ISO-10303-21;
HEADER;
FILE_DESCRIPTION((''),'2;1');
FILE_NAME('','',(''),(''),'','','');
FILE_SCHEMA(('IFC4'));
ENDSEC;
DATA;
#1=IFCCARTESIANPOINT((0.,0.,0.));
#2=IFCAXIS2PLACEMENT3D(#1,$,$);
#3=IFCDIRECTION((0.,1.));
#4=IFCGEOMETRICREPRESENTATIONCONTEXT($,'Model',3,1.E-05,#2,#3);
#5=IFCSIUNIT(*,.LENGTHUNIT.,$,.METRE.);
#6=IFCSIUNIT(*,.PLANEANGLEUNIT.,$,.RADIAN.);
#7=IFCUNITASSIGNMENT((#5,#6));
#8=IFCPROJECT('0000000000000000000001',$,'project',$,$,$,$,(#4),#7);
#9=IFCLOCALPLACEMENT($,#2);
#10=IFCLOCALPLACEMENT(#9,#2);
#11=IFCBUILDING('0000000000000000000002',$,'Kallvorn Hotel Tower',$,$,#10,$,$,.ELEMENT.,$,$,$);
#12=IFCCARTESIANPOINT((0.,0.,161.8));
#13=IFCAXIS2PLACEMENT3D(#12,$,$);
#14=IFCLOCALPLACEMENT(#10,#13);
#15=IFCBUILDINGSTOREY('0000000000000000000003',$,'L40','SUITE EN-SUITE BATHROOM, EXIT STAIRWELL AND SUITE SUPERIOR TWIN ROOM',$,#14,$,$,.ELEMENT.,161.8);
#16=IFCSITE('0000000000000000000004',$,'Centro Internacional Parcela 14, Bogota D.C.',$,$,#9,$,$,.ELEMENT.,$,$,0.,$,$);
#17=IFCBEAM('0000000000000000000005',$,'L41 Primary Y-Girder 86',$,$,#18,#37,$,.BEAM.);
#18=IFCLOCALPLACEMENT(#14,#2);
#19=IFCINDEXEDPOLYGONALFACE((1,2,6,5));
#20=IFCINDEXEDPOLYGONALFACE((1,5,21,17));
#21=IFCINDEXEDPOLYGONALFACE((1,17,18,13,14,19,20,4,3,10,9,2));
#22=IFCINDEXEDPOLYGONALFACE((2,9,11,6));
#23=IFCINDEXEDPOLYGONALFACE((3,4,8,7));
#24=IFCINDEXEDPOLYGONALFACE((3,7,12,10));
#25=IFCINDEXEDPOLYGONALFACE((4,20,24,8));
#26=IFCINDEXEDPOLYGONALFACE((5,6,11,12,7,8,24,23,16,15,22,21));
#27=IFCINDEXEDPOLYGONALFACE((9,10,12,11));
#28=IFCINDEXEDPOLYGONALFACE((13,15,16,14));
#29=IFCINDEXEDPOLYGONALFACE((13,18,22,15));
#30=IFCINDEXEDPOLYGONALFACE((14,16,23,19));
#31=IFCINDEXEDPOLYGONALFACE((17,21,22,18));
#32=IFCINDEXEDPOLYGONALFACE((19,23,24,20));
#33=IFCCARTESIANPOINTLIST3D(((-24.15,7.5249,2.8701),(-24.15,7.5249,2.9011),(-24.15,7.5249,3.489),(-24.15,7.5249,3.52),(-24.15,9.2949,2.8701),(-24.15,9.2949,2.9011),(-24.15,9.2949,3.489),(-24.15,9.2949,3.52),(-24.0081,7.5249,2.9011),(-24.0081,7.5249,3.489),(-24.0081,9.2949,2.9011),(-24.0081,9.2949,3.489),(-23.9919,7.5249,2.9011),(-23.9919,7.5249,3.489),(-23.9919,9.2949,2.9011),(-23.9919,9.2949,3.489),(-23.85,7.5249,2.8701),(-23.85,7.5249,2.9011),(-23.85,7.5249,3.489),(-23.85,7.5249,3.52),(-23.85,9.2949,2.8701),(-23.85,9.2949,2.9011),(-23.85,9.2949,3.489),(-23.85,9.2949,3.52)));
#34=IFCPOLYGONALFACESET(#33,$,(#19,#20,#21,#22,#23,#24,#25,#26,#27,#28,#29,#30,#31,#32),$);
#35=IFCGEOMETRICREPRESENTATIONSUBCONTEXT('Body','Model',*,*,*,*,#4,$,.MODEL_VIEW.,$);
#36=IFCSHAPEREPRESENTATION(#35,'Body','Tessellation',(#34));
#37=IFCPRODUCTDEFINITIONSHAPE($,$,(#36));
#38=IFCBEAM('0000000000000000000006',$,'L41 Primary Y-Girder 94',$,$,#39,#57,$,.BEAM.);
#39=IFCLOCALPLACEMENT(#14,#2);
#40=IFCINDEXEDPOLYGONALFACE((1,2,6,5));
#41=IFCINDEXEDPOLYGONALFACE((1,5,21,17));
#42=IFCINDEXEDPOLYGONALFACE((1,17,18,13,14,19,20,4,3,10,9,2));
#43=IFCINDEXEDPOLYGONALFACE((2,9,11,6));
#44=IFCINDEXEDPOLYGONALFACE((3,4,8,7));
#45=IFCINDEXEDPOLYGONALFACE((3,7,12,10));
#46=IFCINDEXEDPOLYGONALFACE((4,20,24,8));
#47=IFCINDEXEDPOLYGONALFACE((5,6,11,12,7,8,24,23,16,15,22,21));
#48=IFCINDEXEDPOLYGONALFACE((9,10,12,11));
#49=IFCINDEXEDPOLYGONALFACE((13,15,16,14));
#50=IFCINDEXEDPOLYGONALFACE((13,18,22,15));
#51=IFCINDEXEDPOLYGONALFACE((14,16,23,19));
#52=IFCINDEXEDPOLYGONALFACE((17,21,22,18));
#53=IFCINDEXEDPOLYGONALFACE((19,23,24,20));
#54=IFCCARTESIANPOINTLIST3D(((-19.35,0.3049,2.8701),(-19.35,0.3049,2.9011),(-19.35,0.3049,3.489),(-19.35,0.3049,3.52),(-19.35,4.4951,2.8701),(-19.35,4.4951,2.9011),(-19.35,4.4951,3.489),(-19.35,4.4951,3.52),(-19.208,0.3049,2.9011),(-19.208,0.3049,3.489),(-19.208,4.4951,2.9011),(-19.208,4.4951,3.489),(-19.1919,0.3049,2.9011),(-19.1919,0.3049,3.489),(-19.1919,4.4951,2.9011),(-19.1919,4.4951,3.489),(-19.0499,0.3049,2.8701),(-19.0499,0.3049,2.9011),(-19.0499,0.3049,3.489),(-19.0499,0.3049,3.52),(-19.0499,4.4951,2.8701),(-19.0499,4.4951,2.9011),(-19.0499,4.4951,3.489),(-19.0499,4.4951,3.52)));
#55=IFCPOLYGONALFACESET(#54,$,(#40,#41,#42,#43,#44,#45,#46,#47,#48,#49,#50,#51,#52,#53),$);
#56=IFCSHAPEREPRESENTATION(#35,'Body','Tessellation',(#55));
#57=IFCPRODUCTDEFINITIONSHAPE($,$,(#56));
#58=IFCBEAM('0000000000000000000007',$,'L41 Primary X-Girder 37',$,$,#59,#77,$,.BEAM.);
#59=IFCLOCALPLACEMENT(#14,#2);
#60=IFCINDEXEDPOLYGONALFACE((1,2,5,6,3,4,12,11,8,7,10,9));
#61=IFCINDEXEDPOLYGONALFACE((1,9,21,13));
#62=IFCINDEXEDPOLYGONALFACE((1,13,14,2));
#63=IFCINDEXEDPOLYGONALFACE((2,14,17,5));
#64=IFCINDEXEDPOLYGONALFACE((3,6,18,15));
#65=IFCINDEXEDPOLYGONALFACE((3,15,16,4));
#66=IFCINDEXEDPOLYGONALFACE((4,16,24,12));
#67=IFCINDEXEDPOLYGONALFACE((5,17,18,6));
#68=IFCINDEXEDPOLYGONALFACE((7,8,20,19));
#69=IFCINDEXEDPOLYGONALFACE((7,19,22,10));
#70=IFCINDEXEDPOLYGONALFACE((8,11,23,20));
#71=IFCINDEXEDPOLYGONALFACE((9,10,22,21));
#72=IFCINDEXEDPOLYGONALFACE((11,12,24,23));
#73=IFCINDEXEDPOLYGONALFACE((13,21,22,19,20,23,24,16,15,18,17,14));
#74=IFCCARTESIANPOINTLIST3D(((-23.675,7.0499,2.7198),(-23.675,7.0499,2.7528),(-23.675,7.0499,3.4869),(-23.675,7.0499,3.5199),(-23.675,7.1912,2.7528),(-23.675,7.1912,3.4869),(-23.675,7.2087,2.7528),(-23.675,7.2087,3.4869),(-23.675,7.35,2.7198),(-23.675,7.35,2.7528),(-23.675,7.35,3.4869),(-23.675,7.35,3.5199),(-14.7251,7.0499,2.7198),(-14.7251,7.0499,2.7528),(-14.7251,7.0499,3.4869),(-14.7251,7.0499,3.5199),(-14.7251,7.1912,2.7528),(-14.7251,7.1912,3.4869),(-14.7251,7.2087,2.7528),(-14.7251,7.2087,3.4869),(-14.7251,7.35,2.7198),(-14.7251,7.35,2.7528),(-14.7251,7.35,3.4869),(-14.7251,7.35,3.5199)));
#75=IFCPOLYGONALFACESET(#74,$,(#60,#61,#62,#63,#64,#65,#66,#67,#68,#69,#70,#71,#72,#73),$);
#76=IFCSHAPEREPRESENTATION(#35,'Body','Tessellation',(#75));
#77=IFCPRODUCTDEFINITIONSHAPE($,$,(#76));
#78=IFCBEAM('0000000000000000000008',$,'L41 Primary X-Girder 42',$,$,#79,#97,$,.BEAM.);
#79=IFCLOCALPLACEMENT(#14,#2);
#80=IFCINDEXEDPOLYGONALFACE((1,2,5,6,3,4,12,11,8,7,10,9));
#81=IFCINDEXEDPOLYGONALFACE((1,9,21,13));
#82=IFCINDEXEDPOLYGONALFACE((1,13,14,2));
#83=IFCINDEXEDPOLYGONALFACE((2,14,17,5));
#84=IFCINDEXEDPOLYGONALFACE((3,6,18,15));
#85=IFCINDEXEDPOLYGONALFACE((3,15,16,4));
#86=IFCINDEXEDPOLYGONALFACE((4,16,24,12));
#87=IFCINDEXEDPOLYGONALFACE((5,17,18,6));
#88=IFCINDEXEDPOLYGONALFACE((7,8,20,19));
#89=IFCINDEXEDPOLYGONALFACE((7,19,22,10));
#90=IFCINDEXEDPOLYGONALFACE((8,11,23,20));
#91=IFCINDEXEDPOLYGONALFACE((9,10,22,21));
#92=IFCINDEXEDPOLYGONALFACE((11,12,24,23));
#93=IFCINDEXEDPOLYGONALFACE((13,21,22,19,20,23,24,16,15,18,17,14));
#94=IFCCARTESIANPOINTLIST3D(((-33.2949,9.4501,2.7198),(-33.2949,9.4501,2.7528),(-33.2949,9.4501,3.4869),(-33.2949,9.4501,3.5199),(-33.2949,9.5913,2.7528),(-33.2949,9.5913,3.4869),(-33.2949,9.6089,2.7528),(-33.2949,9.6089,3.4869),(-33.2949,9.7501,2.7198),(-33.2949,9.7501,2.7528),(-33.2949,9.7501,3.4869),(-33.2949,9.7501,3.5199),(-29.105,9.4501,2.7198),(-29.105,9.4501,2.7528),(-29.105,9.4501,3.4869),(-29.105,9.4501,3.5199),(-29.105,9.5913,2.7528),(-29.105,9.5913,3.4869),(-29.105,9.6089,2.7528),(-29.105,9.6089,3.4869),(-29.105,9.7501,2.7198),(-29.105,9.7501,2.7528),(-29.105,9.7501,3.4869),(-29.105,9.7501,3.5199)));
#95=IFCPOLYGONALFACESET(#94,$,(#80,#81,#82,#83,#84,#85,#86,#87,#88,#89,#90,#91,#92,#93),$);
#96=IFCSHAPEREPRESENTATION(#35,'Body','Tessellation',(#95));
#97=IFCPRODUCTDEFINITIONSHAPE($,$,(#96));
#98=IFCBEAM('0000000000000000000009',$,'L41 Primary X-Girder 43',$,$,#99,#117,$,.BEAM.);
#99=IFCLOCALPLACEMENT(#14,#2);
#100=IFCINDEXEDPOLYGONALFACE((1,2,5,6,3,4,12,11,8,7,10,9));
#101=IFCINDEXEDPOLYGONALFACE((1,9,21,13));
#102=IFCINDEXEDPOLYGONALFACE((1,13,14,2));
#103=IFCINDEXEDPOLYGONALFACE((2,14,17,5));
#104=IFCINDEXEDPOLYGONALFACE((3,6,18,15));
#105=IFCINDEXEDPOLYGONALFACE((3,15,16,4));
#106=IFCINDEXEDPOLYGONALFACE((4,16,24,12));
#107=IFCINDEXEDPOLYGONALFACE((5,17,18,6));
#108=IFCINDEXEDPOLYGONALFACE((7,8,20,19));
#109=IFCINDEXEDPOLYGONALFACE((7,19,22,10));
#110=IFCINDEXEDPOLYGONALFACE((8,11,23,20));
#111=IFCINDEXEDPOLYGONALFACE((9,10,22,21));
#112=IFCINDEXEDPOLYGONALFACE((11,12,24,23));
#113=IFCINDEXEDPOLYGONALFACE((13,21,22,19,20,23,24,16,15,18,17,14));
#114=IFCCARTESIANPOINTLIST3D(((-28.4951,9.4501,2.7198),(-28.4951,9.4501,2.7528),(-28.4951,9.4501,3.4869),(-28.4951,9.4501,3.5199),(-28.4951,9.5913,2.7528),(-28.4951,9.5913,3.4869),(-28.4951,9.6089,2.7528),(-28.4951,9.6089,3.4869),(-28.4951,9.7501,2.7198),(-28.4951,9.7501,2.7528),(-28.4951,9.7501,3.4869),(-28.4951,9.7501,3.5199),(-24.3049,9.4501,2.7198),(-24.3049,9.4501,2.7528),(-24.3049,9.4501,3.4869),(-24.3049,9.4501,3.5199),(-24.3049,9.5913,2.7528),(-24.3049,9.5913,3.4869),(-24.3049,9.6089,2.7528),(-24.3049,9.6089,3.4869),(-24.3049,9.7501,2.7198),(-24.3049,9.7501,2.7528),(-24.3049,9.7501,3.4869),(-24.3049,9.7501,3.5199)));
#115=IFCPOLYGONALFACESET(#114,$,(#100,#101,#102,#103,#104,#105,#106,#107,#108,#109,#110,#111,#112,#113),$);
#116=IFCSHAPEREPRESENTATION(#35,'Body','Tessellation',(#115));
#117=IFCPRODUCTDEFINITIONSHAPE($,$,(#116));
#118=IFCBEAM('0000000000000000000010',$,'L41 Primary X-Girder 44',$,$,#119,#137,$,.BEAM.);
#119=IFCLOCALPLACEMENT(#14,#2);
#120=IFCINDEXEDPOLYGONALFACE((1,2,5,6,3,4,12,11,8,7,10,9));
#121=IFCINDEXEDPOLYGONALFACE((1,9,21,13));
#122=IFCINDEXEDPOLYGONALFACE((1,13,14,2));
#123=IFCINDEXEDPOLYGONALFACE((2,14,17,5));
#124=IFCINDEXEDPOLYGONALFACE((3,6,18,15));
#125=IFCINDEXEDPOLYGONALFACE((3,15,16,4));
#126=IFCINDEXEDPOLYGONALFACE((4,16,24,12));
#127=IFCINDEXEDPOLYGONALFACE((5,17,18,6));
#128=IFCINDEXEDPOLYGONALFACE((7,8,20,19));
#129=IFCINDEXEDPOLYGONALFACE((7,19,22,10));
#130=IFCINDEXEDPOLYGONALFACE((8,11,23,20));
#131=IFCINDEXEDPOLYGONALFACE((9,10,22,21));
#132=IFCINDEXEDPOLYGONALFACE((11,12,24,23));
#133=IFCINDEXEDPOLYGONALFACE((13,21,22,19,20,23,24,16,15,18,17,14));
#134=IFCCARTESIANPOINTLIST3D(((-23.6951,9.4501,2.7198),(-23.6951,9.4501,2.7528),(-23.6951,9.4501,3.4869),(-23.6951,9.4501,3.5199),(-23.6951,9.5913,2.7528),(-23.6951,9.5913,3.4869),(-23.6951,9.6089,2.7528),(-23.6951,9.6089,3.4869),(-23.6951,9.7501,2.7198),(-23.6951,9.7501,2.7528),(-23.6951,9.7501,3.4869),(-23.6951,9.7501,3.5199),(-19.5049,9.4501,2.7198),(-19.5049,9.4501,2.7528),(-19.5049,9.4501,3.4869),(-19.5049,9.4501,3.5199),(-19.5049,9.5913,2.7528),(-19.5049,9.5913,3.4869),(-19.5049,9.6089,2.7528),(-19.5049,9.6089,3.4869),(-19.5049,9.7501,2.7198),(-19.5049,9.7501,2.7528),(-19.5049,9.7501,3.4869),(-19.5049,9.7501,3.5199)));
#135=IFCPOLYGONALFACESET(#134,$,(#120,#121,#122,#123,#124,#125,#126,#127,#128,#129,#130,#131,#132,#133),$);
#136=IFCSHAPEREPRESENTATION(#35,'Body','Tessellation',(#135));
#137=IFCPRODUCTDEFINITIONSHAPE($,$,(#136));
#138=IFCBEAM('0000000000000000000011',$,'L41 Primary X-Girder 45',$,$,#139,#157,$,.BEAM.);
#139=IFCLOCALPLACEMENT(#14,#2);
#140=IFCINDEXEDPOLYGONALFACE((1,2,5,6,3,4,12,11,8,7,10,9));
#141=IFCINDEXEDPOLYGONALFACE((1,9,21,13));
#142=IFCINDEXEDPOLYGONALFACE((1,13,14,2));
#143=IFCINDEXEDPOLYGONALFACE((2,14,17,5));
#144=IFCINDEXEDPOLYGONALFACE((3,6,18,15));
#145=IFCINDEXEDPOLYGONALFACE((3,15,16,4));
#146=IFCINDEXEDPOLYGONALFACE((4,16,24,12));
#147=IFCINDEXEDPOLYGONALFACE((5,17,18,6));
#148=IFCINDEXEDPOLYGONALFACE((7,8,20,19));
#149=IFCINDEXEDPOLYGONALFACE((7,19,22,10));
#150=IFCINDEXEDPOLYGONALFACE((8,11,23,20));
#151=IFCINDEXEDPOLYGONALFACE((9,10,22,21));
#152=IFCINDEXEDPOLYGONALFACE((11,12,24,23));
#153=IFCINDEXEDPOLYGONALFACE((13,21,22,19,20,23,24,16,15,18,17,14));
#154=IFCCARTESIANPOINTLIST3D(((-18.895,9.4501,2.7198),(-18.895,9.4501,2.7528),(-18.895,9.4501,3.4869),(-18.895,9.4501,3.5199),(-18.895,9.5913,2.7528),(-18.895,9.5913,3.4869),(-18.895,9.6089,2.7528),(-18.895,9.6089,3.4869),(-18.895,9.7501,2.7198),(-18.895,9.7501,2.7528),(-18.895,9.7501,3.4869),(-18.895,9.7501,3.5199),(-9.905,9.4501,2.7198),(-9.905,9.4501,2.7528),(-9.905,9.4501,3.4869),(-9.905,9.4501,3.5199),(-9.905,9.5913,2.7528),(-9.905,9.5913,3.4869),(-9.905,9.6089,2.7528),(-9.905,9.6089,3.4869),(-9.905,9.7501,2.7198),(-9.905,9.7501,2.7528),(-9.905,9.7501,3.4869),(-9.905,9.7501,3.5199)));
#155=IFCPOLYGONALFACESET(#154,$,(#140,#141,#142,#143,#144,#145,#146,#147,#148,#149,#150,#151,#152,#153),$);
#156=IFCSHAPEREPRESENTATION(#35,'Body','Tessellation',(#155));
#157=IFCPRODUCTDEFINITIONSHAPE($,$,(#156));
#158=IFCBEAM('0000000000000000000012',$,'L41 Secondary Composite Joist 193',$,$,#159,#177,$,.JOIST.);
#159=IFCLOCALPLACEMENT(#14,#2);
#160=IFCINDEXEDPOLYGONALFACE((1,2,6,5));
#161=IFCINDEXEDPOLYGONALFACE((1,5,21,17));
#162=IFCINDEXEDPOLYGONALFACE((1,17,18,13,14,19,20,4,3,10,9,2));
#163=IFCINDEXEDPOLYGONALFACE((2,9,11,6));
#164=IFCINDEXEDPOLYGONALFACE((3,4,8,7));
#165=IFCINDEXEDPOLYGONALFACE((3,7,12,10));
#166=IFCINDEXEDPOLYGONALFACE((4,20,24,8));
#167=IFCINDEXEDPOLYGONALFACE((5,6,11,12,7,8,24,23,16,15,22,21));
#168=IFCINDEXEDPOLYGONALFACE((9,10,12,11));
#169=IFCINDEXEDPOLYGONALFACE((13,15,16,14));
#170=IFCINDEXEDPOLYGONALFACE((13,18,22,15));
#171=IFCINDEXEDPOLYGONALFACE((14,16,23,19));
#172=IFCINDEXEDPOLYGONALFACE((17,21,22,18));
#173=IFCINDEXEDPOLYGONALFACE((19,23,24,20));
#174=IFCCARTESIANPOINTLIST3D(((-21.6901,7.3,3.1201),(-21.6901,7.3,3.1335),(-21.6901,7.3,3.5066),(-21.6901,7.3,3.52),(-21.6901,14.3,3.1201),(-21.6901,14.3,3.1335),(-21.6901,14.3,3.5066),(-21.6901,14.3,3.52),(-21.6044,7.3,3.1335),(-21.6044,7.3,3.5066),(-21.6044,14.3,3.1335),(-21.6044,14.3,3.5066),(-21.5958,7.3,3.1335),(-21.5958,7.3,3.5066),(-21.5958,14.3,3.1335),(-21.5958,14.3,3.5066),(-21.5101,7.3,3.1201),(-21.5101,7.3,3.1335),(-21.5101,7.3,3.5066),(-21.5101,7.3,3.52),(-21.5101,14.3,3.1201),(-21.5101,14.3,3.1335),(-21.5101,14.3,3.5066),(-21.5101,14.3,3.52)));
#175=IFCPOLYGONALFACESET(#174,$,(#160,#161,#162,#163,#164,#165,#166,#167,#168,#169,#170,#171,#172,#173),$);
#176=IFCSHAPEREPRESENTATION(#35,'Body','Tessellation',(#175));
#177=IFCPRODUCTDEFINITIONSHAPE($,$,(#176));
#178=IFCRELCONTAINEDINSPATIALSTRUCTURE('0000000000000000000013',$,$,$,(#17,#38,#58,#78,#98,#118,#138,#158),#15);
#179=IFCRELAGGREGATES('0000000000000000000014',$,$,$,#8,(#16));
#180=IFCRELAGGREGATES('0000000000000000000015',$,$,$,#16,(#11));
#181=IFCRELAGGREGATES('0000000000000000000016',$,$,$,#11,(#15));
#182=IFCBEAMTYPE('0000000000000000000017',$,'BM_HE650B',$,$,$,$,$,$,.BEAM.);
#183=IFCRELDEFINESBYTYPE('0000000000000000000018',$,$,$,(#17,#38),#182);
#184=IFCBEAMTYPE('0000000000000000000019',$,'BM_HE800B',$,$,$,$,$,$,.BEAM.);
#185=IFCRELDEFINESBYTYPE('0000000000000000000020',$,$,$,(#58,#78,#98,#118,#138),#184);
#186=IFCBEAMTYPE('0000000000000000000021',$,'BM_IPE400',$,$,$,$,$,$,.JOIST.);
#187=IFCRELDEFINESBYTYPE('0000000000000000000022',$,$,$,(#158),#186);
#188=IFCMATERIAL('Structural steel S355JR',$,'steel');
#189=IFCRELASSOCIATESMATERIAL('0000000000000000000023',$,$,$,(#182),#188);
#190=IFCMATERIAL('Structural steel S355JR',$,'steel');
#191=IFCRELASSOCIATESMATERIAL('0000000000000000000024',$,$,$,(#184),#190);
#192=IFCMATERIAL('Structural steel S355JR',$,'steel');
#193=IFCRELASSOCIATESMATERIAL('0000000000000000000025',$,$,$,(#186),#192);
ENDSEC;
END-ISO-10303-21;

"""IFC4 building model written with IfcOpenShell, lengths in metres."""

from ifc_helpers import new_model, si_unit, direction, frame, origin, origin_2d, place, context, subcontext, project, spatial, i_section, extrude, material, material_profile, profile_set, type_object, element, save


model = new_model("IFC4")

# Units and contexts
model_context = context("Model", 3, precision=1e-05, world=origin(), true_north=direction((0.0, 1.0)))
body_context = subcontext(model_context, "Body", "Model", "MODEL_VIEW")
ifc_project = project(units=[si_unit("LENGTHUNIT", "METRE"), si_unit("PLANEANGLEUNIT", "RADIAN")], contexts=[model_context])

# Site, building, storey
site_placement = place(None, origin())
site = spatial("IfcSite", under=ifc_project, at=site_placement, Name="Centro Internacional Parcela 14, Bogota D.C.", CompositionType="ELEMENT", RefElevation=0.0)
building_placement = place(site_placement, origin())
building = spatial("IfcBuilding", under=site, at=building_placement, Name="Kallvorn Hotel Tower", CompositionType="ELEMENT")
storey_placement = place(building_placement, frame((0.0, 0.0, 161.8)))
storey = spatial("IfcBuildingStorey", under=building, at=storey_placement, Name="L40", Description="SUITE EN-SUITE BATHROOM, EXIT STAIRWELL AND SUITE SUPERIOR TWIN ROOM", CompositionType="ELEMENT", Elevation=161.8)

# Beams
ifc_material_1 = material(Name="Structural steel S355JR", Category="steel")
ifc_material_profile_1 = material_profile(ifc_material_1, i_section(OverallWidth=0.3, OverallDepth=0.6499, WebThickness=0.0161, FlangeThickness=0.031, at=origin_2d()), Name="HE 650 B")
ifc_profile_set_1 = profile_set([ifc_material_profile_1], Name="Structural steel S355JR")
beam_type_1 = type_object("IfcBeamType", Name="BM_HE650B", PredefinedType="BEAM", material=ifc_profile_set_1)
beam_1_placement = place(storey_placement, frame((-24.0, 7.5249, 3.1951), z_axis=(0.0, 1.0, 0.0), x_axis=(-1.0, 0.0, 0.0)))
element("IfcBeam", 1, at=beam_1_placement, inside=storey, type_object=beam_type_1, Name="L41 Primary Y-Girder 86", PredefinedType="BEAM", context=body_context, shape_type="SweptSolid", body=[
    extrude(i_section(OverallWidth=0.3, OverallDepth=0.6499, WebThickness=0.0161, FlangeThickness=0.031, at=origin_2d()), origin(), (0.0, 0.0, 1.0), 1.77),
])
beam_2_placement = place(storey_placement, frame((-19.2, 0.3049, 3.1951), z_axis=(0.0, 1.0, 0.0), x_axis=(-1.0, 0.0, 0.0)))
element("IfcBeam", 2, at=beam_2_placement, inside=storey, type_object=beam_type_1, Name="L41 Primary Y-Girder 94", PredefinedType="BEAM", context=body_context, shape_type="SweptSolid", body=[
    extrude(i_section(OverallWidth=0.3, OverallDepth=0.6499, WebThickness=0.0161, FlangeThickness=0.031, at=origin_2d()), origin(), (0.0, 0.0, 1.0), 4.1902),
])
ifc_material_2 = material(Name="Structural steel S355JR", Category="steel")
ifc_material_profile_2 = material_profile(ifc_material_2, i_section(OverallWidth=0.3, OverallDepth=0.8, WebThickness=0.0176, FlangeThickness=0.033, at=origin_2d()), Name="HE 800 B")
ifc_profile_set_2 = profile_set([ifc_material_profile_2], Name="Structural steel S355JR")
beam_type_2 = type_object("IfcBeamType", Name="BM_HE800B", PredefinedType="BEAM", material=ifc_profile_set_2)
beam_3_placement = place(storey_placement, frame((-23.675, 7.2, 3.1199), z_axis=(1.0, 0.0, 0.0), x_axis=(0.0, 1.0, 0.0)))
element("IfcBeam", 3, at=beam_3_placement, inside=storey, type_object=beam_type_2, Name="L41 Primary X-Girder 37", PredefinedType="BEAM", context=body_context, shape_type="SweptSolid", body=[
    extrude(i_section(OverallWidth=0.3, OverallDepth=0.8, WebThickness=0.0176, FlangeThickness=0.033, at=origin_2d()), origin(), (0.0, 0.0, 1.0), 8.95),
])
beam_4_placement = place(storey_placement, frame((-33.2949, 9.6001, 3.1199), z_axis=(1.0, 0.0, 0.0), x_axis=(0.0, 1.0, 0.0)))
element("IfcBeam", 4, at=beam_4_placement, inside=storey, type_object=beam_type_2, Name="L41 Primary X-Girder 42", PredefinedType="BEAM", context=body_context, shape_type="SweptSolid", body=[
    extrude(i_section(OverallWidth=0.3, OverallDepth=0.8, WebThickness=0.0176, FlangeThickness=0.033, at=origin_2d()), origin(), (0.0, 0.0, 1.0), 4.1899),
])
for number, where, z_axis, x_axis, name in (
    (5, (-28.4951, 9.6001, 3.1199), (1.0, 0.0, 0.0), (0.0, 1.0, 0.0), "L41 Primary X-Girder 43"),
    (6, (-23.6951, 9.6001, 3.1199), (1.0, 0.0, 0.0), (0.0, 1.0, 0.0), "L41 Primary X-Girder 44"),
):
    element("IfcBeam", number, at=place(storey_placement, frame(where, z_axis=z_axis, x_axis=x_axis)), inside=storey, type_object=beam_type_2, Name=name, PredefinedType="BEAM", context=body_context, shape_type="SweptSolid", body=[
        extrude(i_section(OverallWidth=0.3, OverallDepth=0.8, WebThickness=0.0176, FlangeThickness=0.033, at=origin_2d()), origin(), (0.0, 0.0, 1.0), 4.1902),
    ])
beam_5_placement = place(storey_placement, frame((-18.895, 9.6001, 3.1199), z_axis=(1.0, 0.0, 0.0), x_axis=(0.0, 1.0, 0.0)))
element("IfcBeam", 7, at=beam_5_placement, inside=storey, type_object=beam_type_2, Name="L41 Primary X-Girder 45", PredefinedType="BEAM", context=body_context, shape_type="SweptSolid", body=[
    extrude(i_section(OverallWidth=0.3, OverallDepth=0.8, WebThickness=0.0176, FlangeThickness=0.033, at=origin_2d()), origin(), (0.0, 0.0, 1.0), 8.99),
])
ifc_material_3 = material(Name="Structural steel S355JR", Category="steel")
ifc_material_profile_3 = material_profile(ifc_material_3, i_section(OverallWidth=0.1799, OverallDepth=0.3999, WebThickness=0.0085, FlangeThickness=0.0134, at=origin_2d()), Name="IPE 400")
ifc_profile_set_3 = profile_set([ifc_material_profile_3], Name="Structural steel S355JR")
beam_type_3 = type_object("IfcBeamType", Name="BM_IPE400", PredefinedType="JOIST", material=ifc_profile_set_3)
beam_6_placement = place(storey_placement, frame((-21.6001, 7.3, 3.3201), z_axis=(0.0, 1.0, 0.0), x_axis=(-1.0, 0.0, 0.0)))
element("IfcBeam", 8, at=beam_6_placement, inside=storey, type_object=beam_type_3, Name="L41 Secondary Composite Joist 193", PredefinedType="JOIST", context=body_context, shape_type="SweptSolid", body=[
    extrude(i_section(OverallWidth=0.1799, OverallDepth=0.3999, WebThickness=0.0085, FlangeThickness=0.0134, at=origin_2d()), origin(), (0.0, 0.0, 1.0), 7.0),
])

save(model, "model.ifc")
